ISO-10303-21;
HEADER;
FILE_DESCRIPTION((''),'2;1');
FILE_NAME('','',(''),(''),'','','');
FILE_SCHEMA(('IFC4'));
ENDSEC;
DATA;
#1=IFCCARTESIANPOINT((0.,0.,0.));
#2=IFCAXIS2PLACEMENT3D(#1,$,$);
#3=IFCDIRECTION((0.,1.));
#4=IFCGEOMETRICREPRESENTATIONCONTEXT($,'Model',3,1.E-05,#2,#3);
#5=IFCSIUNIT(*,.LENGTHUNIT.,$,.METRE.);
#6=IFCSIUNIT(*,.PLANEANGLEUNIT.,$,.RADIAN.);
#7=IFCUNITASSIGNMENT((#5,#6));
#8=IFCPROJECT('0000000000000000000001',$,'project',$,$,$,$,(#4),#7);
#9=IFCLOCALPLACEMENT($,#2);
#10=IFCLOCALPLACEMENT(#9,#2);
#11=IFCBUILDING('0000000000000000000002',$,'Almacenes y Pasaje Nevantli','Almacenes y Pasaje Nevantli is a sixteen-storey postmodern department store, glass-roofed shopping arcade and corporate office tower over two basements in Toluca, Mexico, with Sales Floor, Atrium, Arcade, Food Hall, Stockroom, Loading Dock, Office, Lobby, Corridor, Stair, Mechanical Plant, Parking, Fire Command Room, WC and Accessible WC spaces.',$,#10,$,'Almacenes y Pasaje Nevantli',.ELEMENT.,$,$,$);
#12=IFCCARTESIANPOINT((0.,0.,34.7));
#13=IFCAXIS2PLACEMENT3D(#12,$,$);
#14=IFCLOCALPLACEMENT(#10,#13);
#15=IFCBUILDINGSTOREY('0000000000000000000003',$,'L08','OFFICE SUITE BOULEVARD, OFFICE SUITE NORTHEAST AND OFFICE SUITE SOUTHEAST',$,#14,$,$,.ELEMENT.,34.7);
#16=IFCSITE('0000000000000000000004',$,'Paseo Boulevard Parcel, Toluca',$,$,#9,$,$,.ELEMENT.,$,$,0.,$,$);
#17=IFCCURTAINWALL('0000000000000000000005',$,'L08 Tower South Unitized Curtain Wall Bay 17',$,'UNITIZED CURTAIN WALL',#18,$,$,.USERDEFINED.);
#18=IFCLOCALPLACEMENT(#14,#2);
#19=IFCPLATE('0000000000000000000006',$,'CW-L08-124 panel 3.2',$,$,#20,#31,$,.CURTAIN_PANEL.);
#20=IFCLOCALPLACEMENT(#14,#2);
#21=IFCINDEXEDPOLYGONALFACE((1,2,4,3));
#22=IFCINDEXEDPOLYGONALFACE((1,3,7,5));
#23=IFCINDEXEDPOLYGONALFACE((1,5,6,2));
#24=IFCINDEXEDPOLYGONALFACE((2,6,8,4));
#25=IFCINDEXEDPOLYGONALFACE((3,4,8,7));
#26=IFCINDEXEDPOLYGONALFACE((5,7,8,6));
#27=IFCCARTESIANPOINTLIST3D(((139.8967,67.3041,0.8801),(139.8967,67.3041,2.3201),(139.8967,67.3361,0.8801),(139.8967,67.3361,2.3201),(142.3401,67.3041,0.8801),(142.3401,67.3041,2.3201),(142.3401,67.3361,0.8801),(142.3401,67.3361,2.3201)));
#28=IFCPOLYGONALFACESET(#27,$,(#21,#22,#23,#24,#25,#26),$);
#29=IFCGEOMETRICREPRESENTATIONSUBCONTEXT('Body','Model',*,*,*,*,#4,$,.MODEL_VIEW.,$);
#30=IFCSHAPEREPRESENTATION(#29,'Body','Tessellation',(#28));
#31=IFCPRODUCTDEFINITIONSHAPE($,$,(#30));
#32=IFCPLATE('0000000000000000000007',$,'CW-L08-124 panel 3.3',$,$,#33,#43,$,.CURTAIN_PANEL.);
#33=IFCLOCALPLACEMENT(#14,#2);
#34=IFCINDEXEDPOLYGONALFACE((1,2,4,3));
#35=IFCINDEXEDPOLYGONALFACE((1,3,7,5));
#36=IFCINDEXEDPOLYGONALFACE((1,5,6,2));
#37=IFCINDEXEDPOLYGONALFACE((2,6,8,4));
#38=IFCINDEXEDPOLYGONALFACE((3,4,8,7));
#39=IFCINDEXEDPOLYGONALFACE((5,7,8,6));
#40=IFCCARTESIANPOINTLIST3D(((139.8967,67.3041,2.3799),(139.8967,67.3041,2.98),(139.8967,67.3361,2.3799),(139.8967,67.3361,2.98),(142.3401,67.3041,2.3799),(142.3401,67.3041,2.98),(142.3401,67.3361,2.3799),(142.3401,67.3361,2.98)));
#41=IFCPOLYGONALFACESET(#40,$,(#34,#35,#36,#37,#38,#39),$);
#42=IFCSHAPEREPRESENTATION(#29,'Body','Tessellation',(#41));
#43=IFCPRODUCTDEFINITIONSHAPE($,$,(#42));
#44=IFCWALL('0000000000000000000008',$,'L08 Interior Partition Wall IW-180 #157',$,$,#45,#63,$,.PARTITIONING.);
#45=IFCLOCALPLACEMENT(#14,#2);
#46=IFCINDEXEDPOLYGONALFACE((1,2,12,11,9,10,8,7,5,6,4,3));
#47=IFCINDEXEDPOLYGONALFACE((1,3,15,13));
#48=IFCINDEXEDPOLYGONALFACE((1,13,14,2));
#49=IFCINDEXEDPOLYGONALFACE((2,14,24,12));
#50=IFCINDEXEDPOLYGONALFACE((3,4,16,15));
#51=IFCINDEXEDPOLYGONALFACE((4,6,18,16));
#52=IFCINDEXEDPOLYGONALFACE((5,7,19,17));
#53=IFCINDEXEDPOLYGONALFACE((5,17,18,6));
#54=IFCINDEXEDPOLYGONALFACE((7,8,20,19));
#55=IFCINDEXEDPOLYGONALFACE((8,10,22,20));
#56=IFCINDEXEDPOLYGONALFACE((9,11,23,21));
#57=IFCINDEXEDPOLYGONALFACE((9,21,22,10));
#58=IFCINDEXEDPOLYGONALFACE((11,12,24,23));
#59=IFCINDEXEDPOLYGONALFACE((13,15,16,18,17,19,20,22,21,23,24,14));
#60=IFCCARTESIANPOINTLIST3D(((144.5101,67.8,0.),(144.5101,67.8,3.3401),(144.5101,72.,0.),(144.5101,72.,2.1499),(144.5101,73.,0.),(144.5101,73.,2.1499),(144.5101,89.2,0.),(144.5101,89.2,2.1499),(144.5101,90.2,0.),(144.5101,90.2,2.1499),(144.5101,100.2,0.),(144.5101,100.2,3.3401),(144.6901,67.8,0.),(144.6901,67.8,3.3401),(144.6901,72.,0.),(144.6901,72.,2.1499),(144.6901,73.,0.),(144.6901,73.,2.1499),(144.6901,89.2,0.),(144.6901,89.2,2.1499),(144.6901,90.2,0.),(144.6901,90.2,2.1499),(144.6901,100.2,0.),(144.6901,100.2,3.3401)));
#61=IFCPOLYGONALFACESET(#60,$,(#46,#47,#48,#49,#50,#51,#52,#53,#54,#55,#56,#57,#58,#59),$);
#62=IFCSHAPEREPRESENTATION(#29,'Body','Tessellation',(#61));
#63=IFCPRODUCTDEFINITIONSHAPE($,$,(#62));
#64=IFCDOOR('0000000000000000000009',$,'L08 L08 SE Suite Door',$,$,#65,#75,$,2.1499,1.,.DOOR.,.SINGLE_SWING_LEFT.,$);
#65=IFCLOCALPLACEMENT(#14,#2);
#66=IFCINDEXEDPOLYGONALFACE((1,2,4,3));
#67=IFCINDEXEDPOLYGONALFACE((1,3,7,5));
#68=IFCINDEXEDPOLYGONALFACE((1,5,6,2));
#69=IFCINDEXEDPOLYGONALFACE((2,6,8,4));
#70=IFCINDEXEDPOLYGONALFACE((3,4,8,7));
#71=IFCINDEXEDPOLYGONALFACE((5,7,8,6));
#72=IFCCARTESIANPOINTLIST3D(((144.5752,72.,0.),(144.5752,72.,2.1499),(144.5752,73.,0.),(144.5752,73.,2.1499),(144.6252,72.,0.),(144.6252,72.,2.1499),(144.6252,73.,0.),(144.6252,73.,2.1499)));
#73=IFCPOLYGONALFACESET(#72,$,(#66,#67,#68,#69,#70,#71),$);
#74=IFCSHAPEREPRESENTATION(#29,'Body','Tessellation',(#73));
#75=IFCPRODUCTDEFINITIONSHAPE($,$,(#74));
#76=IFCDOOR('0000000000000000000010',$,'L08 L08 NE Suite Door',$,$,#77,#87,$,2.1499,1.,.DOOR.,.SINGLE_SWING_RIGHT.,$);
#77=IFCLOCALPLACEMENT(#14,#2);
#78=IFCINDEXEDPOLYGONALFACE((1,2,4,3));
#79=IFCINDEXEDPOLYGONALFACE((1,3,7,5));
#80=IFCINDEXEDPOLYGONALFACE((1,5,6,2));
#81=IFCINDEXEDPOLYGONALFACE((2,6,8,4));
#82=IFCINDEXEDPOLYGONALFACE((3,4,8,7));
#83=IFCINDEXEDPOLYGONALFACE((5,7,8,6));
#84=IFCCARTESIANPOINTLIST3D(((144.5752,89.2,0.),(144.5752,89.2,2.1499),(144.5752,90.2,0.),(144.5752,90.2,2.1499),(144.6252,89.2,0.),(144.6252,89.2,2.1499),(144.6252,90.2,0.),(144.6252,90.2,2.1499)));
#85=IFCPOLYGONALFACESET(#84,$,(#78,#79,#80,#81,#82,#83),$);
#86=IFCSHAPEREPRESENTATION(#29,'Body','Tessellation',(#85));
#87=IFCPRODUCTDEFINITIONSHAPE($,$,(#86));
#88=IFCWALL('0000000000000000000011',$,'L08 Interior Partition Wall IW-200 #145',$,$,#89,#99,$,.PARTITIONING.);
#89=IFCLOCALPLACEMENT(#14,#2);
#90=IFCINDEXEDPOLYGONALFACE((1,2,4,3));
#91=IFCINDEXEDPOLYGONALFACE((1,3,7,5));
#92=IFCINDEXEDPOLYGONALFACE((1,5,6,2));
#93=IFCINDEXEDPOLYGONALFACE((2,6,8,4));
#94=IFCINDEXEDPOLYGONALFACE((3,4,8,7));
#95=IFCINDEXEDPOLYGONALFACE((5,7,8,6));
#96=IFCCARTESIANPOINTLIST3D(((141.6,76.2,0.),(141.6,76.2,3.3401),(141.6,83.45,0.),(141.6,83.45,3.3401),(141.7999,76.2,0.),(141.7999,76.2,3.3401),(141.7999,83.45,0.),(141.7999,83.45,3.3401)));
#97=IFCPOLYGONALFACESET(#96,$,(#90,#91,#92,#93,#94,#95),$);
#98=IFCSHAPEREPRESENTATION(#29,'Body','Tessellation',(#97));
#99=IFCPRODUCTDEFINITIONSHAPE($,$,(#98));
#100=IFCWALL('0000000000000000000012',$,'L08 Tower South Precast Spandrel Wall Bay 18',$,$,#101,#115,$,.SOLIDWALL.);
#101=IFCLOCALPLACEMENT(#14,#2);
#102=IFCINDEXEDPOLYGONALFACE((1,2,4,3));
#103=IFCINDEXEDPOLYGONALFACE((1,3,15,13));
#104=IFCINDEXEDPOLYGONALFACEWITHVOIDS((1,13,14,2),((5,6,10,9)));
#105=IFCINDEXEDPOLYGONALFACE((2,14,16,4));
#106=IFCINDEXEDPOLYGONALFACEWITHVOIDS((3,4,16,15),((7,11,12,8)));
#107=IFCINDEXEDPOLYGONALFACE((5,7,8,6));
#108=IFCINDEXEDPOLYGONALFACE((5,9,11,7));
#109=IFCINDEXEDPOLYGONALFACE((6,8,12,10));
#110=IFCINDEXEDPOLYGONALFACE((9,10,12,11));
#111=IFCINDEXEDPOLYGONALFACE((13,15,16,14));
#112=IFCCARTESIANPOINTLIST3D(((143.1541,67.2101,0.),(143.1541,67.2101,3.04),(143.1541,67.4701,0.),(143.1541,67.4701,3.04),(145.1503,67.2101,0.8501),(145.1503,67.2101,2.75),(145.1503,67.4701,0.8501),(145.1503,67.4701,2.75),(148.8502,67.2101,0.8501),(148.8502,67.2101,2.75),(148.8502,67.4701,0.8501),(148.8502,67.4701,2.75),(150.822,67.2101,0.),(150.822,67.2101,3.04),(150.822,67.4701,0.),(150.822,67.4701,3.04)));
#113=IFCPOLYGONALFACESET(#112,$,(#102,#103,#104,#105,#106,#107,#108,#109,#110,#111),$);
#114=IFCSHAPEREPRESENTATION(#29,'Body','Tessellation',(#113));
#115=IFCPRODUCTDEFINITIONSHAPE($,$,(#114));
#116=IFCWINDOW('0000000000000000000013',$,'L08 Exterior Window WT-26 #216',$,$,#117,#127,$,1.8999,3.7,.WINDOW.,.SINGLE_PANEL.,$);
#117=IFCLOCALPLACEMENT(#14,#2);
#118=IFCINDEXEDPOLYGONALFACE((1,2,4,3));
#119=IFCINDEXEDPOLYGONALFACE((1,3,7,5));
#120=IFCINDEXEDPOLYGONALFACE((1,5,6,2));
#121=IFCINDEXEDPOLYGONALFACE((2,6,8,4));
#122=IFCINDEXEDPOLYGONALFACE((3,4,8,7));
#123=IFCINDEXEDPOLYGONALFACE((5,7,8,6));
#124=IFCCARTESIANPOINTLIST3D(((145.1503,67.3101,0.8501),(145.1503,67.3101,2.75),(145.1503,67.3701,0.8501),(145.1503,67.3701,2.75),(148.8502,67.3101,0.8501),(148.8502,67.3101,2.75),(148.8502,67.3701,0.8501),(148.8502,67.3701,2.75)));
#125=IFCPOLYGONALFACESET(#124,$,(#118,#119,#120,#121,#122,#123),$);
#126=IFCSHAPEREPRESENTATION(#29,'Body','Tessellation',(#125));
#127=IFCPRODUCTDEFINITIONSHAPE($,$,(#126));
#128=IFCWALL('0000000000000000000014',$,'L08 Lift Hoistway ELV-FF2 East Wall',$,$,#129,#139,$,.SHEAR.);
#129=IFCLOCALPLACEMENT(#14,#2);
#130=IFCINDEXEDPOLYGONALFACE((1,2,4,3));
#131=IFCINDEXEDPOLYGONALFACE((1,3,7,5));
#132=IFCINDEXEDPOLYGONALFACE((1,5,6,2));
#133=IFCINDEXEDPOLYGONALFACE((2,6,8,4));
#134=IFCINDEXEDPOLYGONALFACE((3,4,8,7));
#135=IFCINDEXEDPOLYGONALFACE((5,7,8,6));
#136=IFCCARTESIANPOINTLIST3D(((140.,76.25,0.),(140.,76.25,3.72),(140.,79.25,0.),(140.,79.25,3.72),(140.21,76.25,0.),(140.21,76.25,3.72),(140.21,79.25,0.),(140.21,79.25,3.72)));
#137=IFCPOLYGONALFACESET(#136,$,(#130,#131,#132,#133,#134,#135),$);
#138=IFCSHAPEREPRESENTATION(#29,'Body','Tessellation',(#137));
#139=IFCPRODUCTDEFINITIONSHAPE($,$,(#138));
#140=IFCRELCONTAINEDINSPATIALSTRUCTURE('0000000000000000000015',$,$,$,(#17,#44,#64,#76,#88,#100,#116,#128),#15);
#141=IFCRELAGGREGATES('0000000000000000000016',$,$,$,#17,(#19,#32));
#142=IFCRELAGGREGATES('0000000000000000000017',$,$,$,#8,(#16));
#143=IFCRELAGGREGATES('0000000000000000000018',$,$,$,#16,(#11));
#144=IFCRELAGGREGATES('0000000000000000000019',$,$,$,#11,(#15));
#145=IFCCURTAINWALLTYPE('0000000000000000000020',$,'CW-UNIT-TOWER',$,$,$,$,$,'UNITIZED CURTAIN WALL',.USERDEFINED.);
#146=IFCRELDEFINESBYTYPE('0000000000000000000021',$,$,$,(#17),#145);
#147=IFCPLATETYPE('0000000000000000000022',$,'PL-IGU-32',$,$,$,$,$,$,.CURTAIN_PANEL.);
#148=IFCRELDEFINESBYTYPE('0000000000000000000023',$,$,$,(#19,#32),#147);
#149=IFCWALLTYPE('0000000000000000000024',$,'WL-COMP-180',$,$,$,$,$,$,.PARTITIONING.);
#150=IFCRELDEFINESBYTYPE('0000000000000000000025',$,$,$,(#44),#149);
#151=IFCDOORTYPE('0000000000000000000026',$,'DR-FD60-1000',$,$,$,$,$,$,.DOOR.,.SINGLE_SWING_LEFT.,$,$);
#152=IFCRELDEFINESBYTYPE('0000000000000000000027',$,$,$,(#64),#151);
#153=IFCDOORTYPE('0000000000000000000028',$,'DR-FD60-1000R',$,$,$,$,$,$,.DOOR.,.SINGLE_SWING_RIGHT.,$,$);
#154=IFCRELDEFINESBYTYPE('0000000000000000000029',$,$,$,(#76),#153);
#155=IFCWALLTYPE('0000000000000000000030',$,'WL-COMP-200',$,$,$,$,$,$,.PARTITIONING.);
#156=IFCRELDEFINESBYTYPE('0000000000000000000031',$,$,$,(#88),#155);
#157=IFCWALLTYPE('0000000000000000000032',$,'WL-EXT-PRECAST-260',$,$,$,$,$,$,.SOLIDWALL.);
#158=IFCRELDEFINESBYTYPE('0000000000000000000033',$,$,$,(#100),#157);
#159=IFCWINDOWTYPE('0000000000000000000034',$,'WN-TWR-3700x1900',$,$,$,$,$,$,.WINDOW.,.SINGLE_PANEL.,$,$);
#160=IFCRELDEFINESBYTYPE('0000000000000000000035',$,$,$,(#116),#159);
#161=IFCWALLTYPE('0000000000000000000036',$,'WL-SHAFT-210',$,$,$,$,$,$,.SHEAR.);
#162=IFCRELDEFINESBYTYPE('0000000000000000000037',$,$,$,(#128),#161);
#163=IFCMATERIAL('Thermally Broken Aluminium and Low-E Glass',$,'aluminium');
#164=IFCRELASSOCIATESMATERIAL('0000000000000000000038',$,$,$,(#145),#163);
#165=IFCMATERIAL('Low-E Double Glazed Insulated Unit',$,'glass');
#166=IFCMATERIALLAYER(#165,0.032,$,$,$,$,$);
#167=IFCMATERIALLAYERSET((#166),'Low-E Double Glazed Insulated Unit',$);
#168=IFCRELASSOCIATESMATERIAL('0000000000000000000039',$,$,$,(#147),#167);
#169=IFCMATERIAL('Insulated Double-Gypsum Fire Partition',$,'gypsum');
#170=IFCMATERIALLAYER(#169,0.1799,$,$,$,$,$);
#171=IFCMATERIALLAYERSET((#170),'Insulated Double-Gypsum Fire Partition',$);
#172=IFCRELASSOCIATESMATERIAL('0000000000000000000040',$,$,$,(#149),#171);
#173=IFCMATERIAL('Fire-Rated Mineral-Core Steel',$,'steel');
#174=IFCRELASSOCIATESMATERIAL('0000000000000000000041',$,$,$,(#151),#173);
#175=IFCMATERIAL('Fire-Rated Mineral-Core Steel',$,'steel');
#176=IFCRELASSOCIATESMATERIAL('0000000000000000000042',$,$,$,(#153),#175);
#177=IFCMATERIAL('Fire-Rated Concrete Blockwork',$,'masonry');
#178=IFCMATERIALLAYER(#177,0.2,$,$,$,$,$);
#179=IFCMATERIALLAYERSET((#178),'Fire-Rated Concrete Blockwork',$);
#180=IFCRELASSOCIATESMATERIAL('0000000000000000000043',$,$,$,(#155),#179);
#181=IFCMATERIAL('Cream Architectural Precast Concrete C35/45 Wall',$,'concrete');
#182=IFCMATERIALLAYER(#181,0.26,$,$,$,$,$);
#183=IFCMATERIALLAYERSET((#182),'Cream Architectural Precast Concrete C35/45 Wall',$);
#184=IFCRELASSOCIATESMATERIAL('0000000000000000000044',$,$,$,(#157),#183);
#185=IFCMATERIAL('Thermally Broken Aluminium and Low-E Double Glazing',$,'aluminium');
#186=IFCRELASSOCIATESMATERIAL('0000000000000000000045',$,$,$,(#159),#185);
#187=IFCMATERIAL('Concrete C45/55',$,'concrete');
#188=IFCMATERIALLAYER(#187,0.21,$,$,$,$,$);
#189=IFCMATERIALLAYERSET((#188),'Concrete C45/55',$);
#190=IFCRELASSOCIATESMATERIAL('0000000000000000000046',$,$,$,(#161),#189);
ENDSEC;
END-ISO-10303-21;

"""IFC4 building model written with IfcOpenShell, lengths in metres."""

from ifc_helpers import new_model, si_unit, direction, frame, frame_2d, origin, origin_2d, place, context, subcontext, project, spatial, rectangle, extrude, material, layer, layer_set, type_object, element, fill, aggregate, save


model = new_model("IFC4")

# Units and contexts
model_context = context("Model", 3, precision=1e-05, world=origin(), true_north=direction((0.0, 1.0)))
body_context = subcontext(model_context, "Body", "Model", "MODEL_VIEW")
ifc_project = project(units=[si_unit("LENGTHUNIT", "METRE"), si_unit("PLANEANGLEUNIT", "RADIAN")], contexts=[model_context])

# Site, building, storey
site_placement = place(None, origin())
site = spatial("IfcSite", under=ifc_project, at=site_placement, Name="Paseo Boulevard Parcel, Toluca", CompositionType="ELEMENT", RefElevation=0.0)
building_placement = place(site_placement, origin())
building = spatial("IfcBuilding", under=site, at=building_placement, Name="Almacenes y Pasaje Nevantli", Description="Almacenes y Pasaje Nevantli is a sixteen-storey postmodern department store, glass-roofed shopping arcade and corporate office tower over two basements in Toluca, Mexico, with Sales Floor, Atrium, Arcade, Food Hall, Stockroom, Loading Dock, Office, Lobby, Corridor, Stair, Mechanical Plant, Parking, Fire Command Room, WC and Accessible WC spaces.", LongName="Almacenes y Pasaje Nevantli", CompositionType="ELEMENT")
storey_placement = place(building_placement, frame((0.0, 0.0, 34.7)))
storey = spatial("IfcBuildingStorey", under=building, at=storey_placement, Name="L08", Description="OFFICE SUITE BOULEVARD, OFFICE SUITE NORTHEAST AND OFFICE SUITE SOUTHEAST", CompositionType="ELEMENT", Elevation=34.7)

# Curtain wall, plates
ifc_material_1 = material(Name="Thermally Broken Aluminium and Low-E Glass", Category="aluminium")
curtain_wall_type = type_object("IfcCurtainWallType", Name="CW-UNIT-TOWER", ElementType="UNITIZED CURTAIN WALL", PredefinedType="USERDEFINED", material=ifc_material_1)
curtain_wall_placement = place(storey_placement, origin())
curtain_wall = element("IfcCurtainWall", 1, at=curtain_wall_placement, inside=storey, type_object=curtain_wall_type, Name="L08 Tower South Unitized Curtain Wall Bay 17", ObjectType="UNITIZED CURTAIN WALL", PredefinedType="USERDEFINED")
ifc_material_2 = material(Name="Low-E Double Glazed Insulated Unit", Category="glass")
ifc_layer_1 = layer(ifc_material_2, 0.032)
ifc_layer_set_1 = layer_set([ifc_layer_1], Name="Low-E Double Glazed Insulated Unit")
plate_type = type_object("IfcPlateType", Name="PL-IGU-32", PredefinedType="CURTAIN_PANEL", material=ifc_layer_set_1)
plate_1_placement = place(storey_placement, frame((141.1184, 67.3201, 0.8801), z_axis=(0.0, 0.0, 1.0), x_axis=(1.0, 0.0, 0.0)))
plate_1 = element("IfcPlate", 2, at=plate_1_placement, type_object=plate_type, Name="CW-L08-124 panel 3.2", PredefinedType="CURTAIN_PANEL", context=body_context, shape_type="SweptSolid", body=[
    extrude(rectangle(XDim=2.4434, YDim=0.032, at=origin_2d()), origin(), (0.0, 0.0, 1.0), 1.4399),
])
plate_2_placement = place(storey_placement, frame((141.1184, 67.3201, 2.3799), z_axis=(0.0, 0.0, 1.0), x_axis=(1.0, 0.0, 0.0)))
plate_2 = element("IfcPlate", 3, at=plate_2_placement, type_object=plate_type, Name="CW-L08-124 panel 3.3", PredefinedType="CURTAIN_PANEL", context=body_context, shape_type="SweptSolid", body=[
    extrude(rectangle(XDim=2.4434, YDim=0.032, at=origin_2d()), origin(), (0.0, 0.0, 1.0), 0.6001),
])
aggregate(curtain_wall, [plate_1, plate_2])

# Wall, openings, doors
ifc_material_3 = material(Name="Insulated Double-Gypsum Fire Partition", Category="gypsum")
ifc_layer_2 = layer(ifc_material_3, 0.1799)
ifc_layer_set_2 = layer_set([ifc_layer_2], Name="Insulated Double-Gypsum Fire Partition")
wall_type_1 = type_object("IfcWallType", Name="WL-COMP-180", PredefinedType="PARTITIONING", material=ifc_layer_set_2)
wall_1_placement = place(storey_placement, frame((144.6001, 67.8, 0.0), z_axis=(0.0, 0.0, 1.0), x_axis=(0.0, 1.0, 0.0)))
wall_1 = element("IfcWall", 4, at=wall_1_placement, inside=storey, type_object=wall_type_1, Name="L08 Interior Partition Wall IW-180 #157", PredefinedType="PARTITIONING", context=body_context, shape_type="SweptSolid", body=[
    extrude(rectangle(XDim=32.3999, YDim=0.1799, at=frame_2d((16.2, 0.0))), origin(), (0.0, 0.0, 1.0), 3.3401),
])
opening_1_placement = place(wall_1_placement, frame((4.2, 0.0, 0.0)))
opening_1 = element("IfcOpeningElement", 5, at=opening_1_placement, cuts=wall_1, PredefinedType="OPENING", context=body_context, shape_type="SweptSolid", body=[
    extrude(rectangle(XDim=1.0, YDim=2.1499, at=frame_2d((0.5, 1.075))), frame((0.0, 0.0999, 0.0), z_axis=(0.0, -1.0, 0.0), x_axis=(1.0, 0.0, 0.0)), (0.0, 0.0, 1.0), 0.2),
])
opening_2_placement = place(wall_1_placement, frame((21.3999, 0.0, 0.0)))
opening_2 = element("IfcOpeningElement", 6, at=opening_2_placement, cuts=wall_1, PredefinedType="OPENING", context=body_context, shape_type="SweptSolid", body=[
    extrude(rectangle(XDim=1.0, YDim=2.1499, at=frame_2d((0.5, 1.075))), frame((0.0, 0.0999, 0.0), z_axis=(0.0, -1.0, 0.0), x_axis=(1.0, 0.0, 0.0)), (0.0, 0.0, 1.0), 0.2),
])
ifc_material_4 = material(Name="Fire-Rated Mineral-Core Steel", Category="steel")
door_type_1 = type_object("IfcDoorType", Name="DR-FD60-1000", OperationType="SINGLE_SWING_LEFT", PredefinedType="DOOR", material=ifc_material_4)
door_1_placement = place(opening_1_placement, origin())
door_1 = element("IfcDoor", 7, at=door_1_placement, inside=storey, type_object=door_type_1, Name="L08 L08 SE Suite Door", OperationType="SINGLE_SWING_LEFT", OverallHeight=2.1499, OverallWidth=1.0, PredefinedType="DOOR", context=body_context, shape_type="SweptSolid", body=[
    extrude(rectangle(XDim=1.0, YDim=2.1499, at=frame_2d((0.5, 1.075))), frame((0.0, 0.0249, 0.0), z_axis=(0.0, -1.0, 0.0), x_axis=(1.0, 0.0, 0.0)), (0.0, 0.0, 1.0), 0.05),
])
fill(opening_1, door_1)
ifc_material_5 = material(Name="Fire-Rated Mineral-Core Steel", Category="steel")
door_type_2 = type_object("IfcDoorType", Name="DR-FD60-1000R", OperationType="SINGLE_SWING_RIGHT", PredefinedType="DOOR", material=ifc_material_5)
door_2_placement = place(opening_2_placement, origin())
door_2 = element("IfcDoor", 8, at=door_2_placement, inside=storey, type_object=door_type_2, Name="L08 L08 NE Suite Door", OperationType="SINGLE_SWING_RIGHT", OverallHeight=2.1499, OverallWidth=1.0, PredefinedType="DOOR", context=body_context, shape_type="SweptSolid", body=[
    extrude(rectangle(XDim=1.0, YDim=2.1499, at=frame_2d((0.5, 1.075))), frame((0.0, 0.0249, 0.0), z_axis=(0.0, -1.0, 0.0), x_axis=(1.0, 0.0, 0.0)), (0.0, 0.0, 1.0), 0.05),
])
fill(opening_2, door_2)

# Wall
ifc_material_6 = material(Name="Fire-Rated Concrete Blockwork", Category="masonry")
ifc_layer_3 = layer(ifc_material_6, 0.2)
ifc_layer_set_3 = layer_set([ifc_layer_3], Name="Fire-Rated Concrete Blockwork")
wall_type_2 = type_object("IfcWallType", Name="WL-COMP-200", PredefinedType="PARTITIONING", material=ifc_layer_set_3)
wall_2_placement = place(storey_placement, frame((141.7, 76.2, 0.0), z_axis=(0.0, 0.0, 1.0), x_axis=(0.0, 1.0, 0.0)))
element("IfcWall", 9, at=wall_2_placement, inside=storey, type_object=wall_type_2, Name="L08 Interior Partition Wall IW-200 #145", PredefinedType="PARTITIONING", context=body_context, shape_type="SweptSolid", body=[
    extrude(rectangle(XDim=7.25, YDim=0.2, at=frame_2d((3.625, 0.0))), origin(), (0.0, 0.0, 1.0), 3.3401),
])

# Wall, opening, window
ifc_material_7 = material(Name="Cream Architectural Precast Concrete C35/45 Wall", Category="concrete")
ifc_layer_4 = layer(ifc_material_7, 0.26)
ifc_layer_set_4 = layer_set([ifc_layer_4], Name="Cream Architectural Precast Concrete C35/45 Wall")
wall_type_3 = type_object("IfcWallType", Name="WL-EXT-PRECAST-260", PredefinedType="SOLIDWALL", material=ifc_layer_set_4)
wall_3_placement = place(storey_placement, frame((143.1541, 67.3401, 0.0), z_axis=(0.0, 0.0, 1.0), x_axis=(1.0, 0.0, 0.0)))
wall_3 = element("IfcWall", 10, at=wall_3_placement, inside=storey, type_object=wall_type_3, Name="L08 Tower South Precast Spandrel Wall Bay 18", PredefinedType="SOLIDWALL", context=body_context, shape_type="SweptSolid", body=[
    extrude(rectangle(XDim=7.668, YDim=0.26, at=frame_2d((3.834, 0.0))), origin(), (0.0, 0.0, 1.0), 3.04),
])
opening_3_placement = place(wall_3_placement, frame((1.9961, 0.0, 0.8501)))
opening_3 = element("IfcOpeningElement", 11, at=opening_3_placement, cuts=wall_3, PredefinedType="OPENING", context=body_context, shape_type="SweptSolid", body=[
    extrude(rectangle(XDim=3.7, YDim=1.8999, at=frame_2d((1.8501, 0.95))), frame((0.0, 0.1399, 0.0), z_axis=(0.0, -1.0, 0.0), x_axis=(1.0, 0.0, 0.0)), (0.0, 0.0, 1.0), 0.28),
])
ifc_material_8 = material(Name="Thermally Broken Aluminium and Low-E Double Glazing", Category="aluminium")
window_type = type_object("IfcWindowType", Name="WN-TWR-3700x1900", PartitioningType="SINGLE_PANEL", PredefinedType="WINDOW", material=ifc_material_8)
window_placement = place(opening_3_placement, origin())
window = element("IfcWindow", 12, at=window_placement, inside=storey, type_object=window_type, Name="L08 Exterior Window WT-26 #216", OverallHeight=1.8999, OverallWidth=3.7, PartitioningType="SINGLE_PANEL", PredefinedType="WINDOW", context=body_context, shape_type="SweptSolid", body=[
    extrude(rectangle(XDim=3.7, YDim=1.8999, at=frame_2d((1.8501, 0.95))), frame((0.0, 0.03, 0.0), z_axis=(0.0, -1.0, 0.0), x_axis=(1.0, 0.0, 0.0)), (0.0, 0.0, 1.0), 0.0601),
])
fill(opening_3, window)

# Wall
ifc_material_9 = material(Name="Concrete C45/55", Category="concrete")
ifc_layer_5 = layer(ifc_material_9, 0.21)
ifc_layer_set_5 = layer_set([ifc_layer_5], Name="Concrete C45/55")
wall_type_4 = type_object("IfcWallType", Name="WL-SHAFT-210", PredefinedType="SHEAR", material=ifc_layer_set_5)
wall_4_placement = place(storey_placement, frame((140.105, 76.25, 0.0), z_axis=(0.0, 0.0, 1.0), x_axis=(0.0, 1.0, 0.0)))
element("IfcWall", 13, at=wall_4_placement, inside=storey, type_object=wall_type_4, Name="L08 Lift Hoistway ELV-FF2 East Wall", PredefinedType="SHEAR", context=body_context, shape_type="SweptSolid", body=[
    extrude(rectangle(XDim=3.0, YDim=0.21, at=frame_2d((1.5, 0.0))), origin(), (0.0, 0.0, 1.0), 3.72),
])

save(model, "model.ifc")
